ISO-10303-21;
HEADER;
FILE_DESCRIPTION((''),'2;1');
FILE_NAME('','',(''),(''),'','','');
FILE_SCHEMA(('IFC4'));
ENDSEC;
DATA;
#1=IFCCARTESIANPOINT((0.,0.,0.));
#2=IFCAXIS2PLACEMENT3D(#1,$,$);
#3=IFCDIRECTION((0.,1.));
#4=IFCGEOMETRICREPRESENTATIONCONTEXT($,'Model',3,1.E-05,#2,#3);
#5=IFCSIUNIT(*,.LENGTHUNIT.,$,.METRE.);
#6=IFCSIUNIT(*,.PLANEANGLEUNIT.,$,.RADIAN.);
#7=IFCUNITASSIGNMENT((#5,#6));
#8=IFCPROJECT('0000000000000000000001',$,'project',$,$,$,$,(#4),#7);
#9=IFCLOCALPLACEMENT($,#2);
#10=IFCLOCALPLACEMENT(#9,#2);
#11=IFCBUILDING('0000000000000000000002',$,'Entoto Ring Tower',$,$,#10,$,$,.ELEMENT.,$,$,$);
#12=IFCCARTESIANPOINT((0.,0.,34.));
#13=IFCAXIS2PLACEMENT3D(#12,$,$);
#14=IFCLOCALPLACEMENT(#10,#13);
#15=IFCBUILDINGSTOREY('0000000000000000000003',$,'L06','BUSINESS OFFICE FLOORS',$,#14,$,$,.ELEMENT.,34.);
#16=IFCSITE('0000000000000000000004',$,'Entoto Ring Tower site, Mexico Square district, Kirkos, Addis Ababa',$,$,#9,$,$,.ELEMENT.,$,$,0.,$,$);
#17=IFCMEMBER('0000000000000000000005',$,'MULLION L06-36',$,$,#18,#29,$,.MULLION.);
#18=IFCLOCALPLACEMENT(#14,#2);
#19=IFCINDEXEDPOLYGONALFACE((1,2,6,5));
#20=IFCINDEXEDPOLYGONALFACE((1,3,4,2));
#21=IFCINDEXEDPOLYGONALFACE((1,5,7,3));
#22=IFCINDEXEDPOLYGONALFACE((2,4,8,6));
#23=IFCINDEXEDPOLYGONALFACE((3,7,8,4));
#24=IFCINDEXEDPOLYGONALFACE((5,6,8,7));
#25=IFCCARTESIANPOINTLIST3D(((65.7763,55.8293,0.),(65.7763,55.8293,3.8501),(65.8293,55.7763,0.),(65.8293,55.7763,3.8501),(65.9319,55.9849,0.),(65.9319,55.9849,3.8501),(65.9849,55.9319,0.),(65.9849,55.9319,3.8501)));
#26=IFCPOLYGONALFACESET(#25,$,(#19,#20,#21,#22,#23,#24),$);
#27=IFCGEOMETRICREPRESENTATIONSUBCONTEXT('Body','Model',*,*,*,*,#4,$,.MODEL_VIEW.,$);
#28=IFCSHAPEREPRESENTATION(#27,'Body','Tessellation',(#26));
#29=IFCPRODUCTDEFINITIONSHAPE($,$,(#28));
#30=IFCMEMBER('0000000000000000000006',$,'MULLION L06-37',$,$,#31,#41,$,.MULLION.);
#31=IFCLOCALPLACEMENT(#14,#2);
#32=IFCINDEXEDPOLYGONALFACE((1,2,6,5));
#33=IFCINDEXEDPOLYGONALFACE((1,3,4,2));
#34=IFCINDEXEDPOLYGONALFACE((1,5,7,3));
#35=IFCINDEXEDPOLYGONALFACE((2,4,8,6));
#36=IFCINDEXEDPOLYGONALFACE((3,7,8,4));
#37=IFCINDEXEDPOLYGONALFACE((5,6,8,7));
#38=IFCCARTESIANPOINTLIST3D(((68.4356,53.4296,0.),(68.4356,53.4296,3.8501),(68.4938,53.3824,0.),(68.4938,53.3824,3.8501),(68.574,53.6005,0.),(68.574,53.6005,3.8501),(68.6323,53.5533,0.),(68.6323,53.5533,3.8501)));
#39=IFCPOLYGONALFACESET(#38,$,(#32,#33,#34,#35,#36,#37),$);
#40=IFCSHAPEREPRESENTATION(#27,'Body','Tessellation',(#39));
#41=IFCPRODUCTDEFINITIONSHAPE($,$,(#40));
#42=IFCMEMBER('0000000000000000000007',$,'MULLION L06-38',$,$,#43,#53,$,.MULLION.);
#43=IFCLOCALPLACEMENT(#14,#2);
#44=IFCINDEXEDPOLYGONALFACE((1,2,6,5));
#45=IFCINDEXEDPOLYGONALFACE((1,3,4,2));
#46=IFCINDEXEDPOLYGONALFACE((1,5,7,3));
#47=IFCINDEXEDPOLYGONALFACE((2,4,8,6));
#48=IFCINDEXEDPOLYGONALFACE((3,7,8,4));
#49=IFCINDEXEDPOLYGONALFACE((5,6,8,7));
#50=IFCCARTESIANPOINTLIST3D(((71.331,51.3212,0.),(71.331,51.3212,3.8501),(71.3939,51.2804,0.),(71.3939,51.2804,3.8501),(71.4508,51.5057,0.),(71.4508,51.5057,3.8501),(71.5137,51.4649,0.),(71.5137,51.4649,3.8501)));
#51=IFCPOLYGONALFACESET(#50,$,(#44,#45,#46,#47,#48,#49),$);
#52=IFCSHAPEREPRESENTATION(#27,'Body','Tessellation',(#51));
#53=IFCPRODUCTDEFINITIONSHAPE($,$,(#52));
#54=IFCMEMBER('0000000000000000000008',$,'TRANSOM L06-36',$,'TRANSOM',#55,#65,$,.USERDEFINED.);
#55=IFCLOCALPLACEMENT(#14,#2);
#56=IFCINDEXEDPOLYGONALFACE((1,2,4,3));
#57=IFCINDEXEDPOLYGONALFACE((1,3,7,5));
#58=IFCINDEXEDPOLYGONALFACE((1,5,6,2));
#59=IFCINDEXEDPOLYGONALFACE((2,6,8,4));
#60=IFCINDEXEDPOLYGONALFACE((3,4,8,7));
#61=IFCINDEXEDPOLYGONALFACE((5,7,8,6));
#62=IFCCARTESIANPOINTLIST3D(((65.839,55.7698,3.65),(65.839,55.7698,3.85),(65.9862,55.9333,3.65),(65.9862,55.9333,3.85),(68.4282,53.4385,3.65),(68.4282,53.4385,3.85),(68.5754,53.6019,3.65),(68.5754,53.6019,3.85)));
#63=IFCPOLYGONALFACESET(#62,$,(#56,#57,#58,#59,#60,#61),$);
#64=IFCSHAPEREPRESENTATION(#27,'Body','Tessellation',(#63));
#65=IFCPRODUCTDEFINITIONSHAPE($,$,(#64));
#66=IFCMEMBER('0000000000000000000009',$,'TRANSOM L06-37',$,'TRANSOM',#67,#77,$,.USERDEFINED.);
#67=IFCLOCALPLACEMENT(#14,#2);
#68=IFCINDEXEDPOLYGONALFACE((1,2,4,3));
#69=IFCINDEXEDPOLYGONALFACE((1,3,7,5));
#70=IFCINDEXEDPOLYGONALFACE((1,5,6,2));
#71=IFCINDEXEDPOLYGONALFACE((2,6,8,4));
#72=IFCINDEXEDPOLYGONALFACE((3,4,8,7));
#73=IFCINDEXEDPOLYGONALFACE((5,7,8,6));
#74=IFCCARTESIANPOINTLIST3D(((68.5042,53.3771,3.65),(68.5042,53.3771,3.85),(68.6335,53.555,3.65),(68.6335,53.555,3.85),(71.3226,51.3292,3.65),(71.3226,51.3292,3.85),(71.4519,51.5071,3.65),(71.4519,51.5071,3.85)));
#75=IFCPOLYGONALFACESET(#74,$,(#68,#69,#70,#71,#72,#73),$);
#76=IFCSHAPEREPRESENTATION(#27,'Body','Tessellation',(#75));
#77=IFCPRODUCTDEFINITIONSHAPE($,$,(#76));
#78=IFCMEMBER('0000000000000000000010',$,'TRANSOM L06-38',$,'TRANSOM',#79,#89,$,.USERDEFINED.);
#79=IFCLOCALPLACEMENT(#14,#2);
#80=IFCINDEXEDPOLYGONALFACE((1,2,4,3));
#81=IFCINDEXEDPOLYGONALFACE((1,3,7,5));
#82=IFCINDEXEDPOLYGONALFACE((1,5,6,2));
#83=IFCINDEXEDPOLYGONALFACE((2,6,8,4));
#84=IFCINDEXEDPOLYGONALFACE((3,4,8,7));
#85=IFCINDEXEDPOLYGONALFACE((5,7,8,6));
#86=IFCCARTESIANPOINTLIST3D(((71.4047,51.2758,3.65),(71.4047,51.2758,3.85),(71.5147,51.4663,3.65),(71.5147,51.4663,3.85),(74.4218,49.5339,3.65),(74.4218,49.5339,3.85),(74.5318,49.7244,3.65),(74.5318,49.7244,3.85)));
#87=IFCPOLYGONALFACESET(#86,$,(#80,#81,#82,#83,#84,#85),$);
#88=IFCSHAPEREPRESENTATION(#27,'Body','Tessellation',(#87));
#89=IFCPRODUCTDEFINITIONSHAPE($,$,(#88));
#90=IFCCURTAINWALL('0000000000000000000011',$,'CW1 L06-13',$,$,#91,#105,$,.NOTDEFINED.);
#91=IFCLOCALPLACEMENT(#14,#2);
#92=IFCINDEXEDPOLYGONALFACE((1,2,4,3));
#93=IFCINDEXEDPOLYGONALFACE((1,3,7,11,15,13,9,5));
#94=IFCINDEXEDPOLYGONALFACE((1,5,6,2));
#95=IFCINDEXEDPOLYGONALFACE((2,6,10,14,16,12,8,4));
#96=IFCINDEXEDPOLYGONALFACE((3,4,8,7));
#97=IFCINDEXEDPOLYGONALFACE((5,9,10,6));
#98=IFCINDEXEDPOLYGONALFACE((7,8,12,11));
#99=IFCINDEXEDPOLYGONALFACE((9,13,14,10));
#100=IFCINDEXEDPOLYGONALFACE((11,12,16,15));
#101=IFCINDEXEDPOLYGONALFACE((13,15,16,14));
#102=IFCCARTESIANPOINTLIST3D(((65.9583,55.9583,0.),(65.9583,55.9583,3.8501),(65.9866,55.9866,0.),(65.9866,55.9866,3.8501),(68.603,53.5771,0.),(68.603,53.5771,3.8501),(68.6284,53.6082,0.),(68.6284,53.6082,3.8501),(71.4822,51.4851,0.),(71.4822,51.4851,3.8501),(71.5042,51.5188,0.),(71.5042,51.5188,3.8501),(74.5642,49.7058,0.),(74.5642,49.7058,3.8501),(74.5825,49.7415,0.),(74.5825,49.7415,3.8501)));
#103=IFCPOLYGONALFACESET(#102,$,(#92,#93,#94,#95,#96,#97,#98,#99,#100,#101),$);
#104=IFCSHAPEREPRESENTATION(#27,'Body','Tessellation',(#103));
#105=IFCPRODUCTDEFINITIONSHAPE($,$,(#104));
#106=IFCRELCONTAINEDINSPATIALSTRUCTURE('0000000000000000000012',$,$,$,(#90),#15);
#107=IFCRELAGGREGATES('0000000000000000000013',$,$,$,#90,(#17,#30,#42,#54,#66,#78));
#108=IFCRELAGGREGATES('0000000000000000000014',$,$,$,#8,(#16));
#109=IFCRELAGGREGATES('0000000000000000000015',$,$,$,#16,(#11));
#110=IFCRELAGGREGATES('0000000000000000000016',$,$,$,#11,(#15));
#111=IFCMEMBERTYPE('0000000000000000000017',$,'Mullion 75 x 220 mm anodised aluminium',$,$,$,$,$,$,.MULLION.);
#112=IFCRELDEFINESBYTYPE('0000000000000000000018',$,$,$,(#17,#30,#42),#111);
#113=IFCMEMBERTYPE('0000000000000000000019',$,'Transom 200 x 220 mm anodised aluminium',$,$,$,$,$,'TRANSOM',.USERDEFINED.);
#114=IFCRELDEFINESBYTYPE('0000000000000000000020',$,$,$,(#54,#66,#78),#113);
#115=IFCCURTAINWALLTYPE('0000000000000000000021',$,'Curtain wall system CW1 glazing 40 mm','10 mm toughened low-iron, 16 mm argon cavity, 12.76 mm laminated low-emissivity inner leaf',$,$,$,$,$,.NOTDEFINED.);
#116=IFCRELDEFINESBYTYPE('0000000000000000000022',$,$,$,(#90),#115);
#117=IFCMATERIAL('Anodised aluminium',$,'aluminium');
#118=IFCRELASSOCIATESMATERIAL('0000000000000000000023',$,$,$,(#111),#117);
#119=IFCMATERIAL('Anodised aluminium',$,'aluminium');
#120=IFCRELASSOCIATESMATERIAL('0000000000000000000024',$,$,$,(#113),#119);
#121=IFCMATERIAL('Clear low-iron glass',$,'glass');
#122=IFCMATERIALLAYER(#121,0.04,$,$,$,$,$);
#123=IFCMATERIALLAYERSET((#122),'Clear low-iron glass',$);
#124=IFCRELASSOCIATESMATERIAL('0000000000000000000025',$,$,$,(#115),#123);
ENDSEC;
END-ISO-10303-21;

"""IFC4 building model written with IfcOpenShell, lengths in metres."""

from ifc_helpers import new_model, si_unit, direction, frame, origin, origin_2d, place, context, subcontext, project, spatial, polyline, rectangle, outline, extrude, material, layer, layer_set, material_profile, profile_set, type_object, element, aggregate, save


model = new_model("IFC4")

# Units and contexts
model_context = context("Model", 3, precision=1e-05, world=origin(), true_north=direction((0.0, 1.0)))
body_context = subcontext(model_context, "Body", "Model", "MODEL_VIEW")
ifc_project = project(units=[si_unit("LENGTHUNIT", "METRE"), si_unit("PLANEANGLEUNIT", "RADIAN")], contexts=[model_context])

# Members
ifc_material_1 = material(Name="Anodised aluminium", Category="aluminium")
ifc_material_profile_1 = material_profile(ifc_material_1, rectangle(XDim=0.075, YDim=0.22, at=origin_2d()), Name="Mullion 75 x 220 mm anodised aluminium")
ifc_profile_set_1 = profile_set([ifc_material_profile_1], Name="Anodised aluminium")
member_type_1 = type_object("IfcMemberType", Name="Mullion 75 x 220 mm anodised aluminium", PredefinedType="MULLION", material=ifc_profile_set_1)
site_placement = place(None, origin())
building_placement = place(site_placement, origin())
storey_placement = place(building_placement, frame((0.0, 0.0, 34.0)))
member_1_placement = place(storey_placement, frame((65.8806, 55.8806, 0.0), z_axis=(0.0, 0.0, 1.0), x_axis=(0.707107, -0.707107, 0.0)))
member_1 = element("IfcMember", 1, at=member_1_placement, type_object=member_type_1, Name="MULLION L06-36", PredefinedType="MULLION", context=body_context, shape_type="SweptSolid", body=[
    extrude(rectangle(XDim=0.075, YDim=0.22, at=origin_2d()), origin(), (0.0, 0.0, 1.0), 3.8501),
])
member_2_placement = place(storey_placement, frame((68.5339, 53.4915, 0.0), z_axis=(0.0, 0.0, 1.0), x_axis=(0.777146, -0.62932, 0.0)))
member_2 = element("IfcMember", 2, at=member_2_placement, type_object=member_type_1, Name="MULLION L06-37", PredefinedType="MULLION", context=body_context, shape_type="SweptSolid", body=[
    extrude(rectangle(XDim=0.075, YDim=0.22, at=origin_2d()), origin(), (0.0, 0.0, 1.0), 3.8501),
])
member_3_placement = place(storey_placement, frame((71.4224, 51.3931, 0.0), z_axis=(0.0, 0.0, 1.0), x_axis=(0.838671, -0.544639, 0.0)))
member_3 = element("IfcMember", 3, at=member_3_placement, type_object=member_type_1, Name="MULLION L06-38", PredefinedType="MULLION", context=body_context, shape_type="SweptSolid", body=[
    extrude(rectangle(XDim=0.075, YDim=0.22, at=origin_2d()), origin(), (0.0, 0.0, 1.0), 3.8501),
])
ifc_material_2 = material(Name="Anodised aluminium", Category="aluminium")
ifc_material_profile_2 = material_profile(ifc_material_2, rectangle(XDim=0.22, YDim=0.2, at=origin_2d()), Name="Transom 200 x 220 mm anodised aluminium")
ifc_profile_set_2 = profile_set([ifc_material_profile_2], Name="Anodised aluminium")
member_type_2 = type_object("IfcMemberType", Name="Transom 200 x 220 mm anodised aluminium", ElementType="TRANSOM", PredefinedType="USERDEFINED", material=ifc_profile_set_2)
member_4_placement = place(storey_placement, frame((65.9126, 55.8516, 3.75), z_axis=(0.743137, -0.669139, 0.0), x_axis=(0.669139, 0.743137, 0.0)))
member_4 = element("IfcMember", 4, at=member_4_placement, type_object=member_type_2, Name="TRANSOM L06-36", ObjectType="TRANSOM", PredefinedType="USERDEFINED", context=body_context, shape_type="SweptSolid", body=[
    extrude(rectangle(XDim=0.22, YDim=0.2, at=origin_2d()), origin(), (0.0, 0.0, 1.0), 3.4841),
])
member_5_placement = place(storey_placement, frame((68.5688, 53.4661, 3.75), z_axis=(0.808991, -0.587822, 0.0), x_axis=(0.587822, 0.808991, 0.0)))
member_5 = element("IfcMember", 5, at=member_5_placement, type_object=member_type_2, Name="TRANSOM L06-37", ObjectType="TRANSOM", PredefinedType="USERDEFINED", context=body_context, shape_type="SweptSolid", body=[
    extrude(rectangle(XDim=0.22, YDim=0.2, at=origin_2d()), origin(), (0.0, 0.0, 1.0), 3.4839),
])
member_6_placement = place(storey_placement, frame((71.4597, 51.3711, 3.75), z_axis=(0.866022, -0.500006, 0.0), x_axis=(0.500006, 0.866022, 0.0)))
member_6 = element("IfcMember", 6, at=member_6_placement, type_object=member_type_2, Name="TRANSOM L06-38", ObjectType="TRANSOM", PredefinedType="USERDEFINED", context=body_context, shape_type="SweptSolid", body=[
    extrude(rectangle(XDim=0.22, YDim=0.2, at=origin_2d()), origin(), (0.0, 0.0, 1.0), 3.4839),
])

# Site, building, storey
site = spatial("IfcSite", under=ifc_project, at=site_placement, Name="Entoto Ring Tower site, Mexico Square district, Kirkos, Addis Ababa", CompositionType="ELEMENT", RefElevation=0.0)
building = spatial("IfcBuilding", under=site, at=building_placement, Name="Entoto Ring Tower", CompositionType="ELEMENT")
storey = spatial("IfcBuildingStorey", under=building, at=storey_placement, Name="L06", Description="BUSINESS OFFICE FLOORS", CompositionType="ELEMENT", Elevation=34.0)

# Curtain wall
ifc_material_3 = material(Name="Clear low-iron glass", Category="glass")
ifc_layer = layer(ifc_material_3, 0.04)
ifc_layer_set = layer_set([ifc_layer], Name="Clear low-iron glass")
curtain_wall_type = type_object("IfcCurtainWallType", Name="Curtain wall system CW1 glazing 40 mm", Description="10 mm toughened low-iron, 16 mm argon cavity, 12.76 mm laminated low-emissivity inner leaf", PredefinedType="NOTDEFINED", material=ifc_layer_set)
curtain_wall_1_placement = place(storey_placement, origin())
curtain_wall_1 = element("IfcCurtainWall", 7, at=curtain_wall_1_placement, inside=storey, type_object=curtain_wall_type, Name="CW1 L06-13", PredefinedType="NOTDEFINED", context=body_context, shape_type="SweptSolid", body=[
    extrude(outline(polyline([(65.9583, 55.9583), (68.603, 53.5771), (71.4822, 51.4851), (74.5642, 49.7058), (74.5825, 49.7415), (71.5042, 51.5188), (68.6284, 53.6082), (65.9866, 55.9866), (65.9583, 55.9583)])), origin(), (0.0, 0.0, 1.0), 3.8501),
])
aggregate(curtain_wall_1, [member_1, member_2, member_3, member_4, member_5, member_6])

save(model, "model.ifc")
